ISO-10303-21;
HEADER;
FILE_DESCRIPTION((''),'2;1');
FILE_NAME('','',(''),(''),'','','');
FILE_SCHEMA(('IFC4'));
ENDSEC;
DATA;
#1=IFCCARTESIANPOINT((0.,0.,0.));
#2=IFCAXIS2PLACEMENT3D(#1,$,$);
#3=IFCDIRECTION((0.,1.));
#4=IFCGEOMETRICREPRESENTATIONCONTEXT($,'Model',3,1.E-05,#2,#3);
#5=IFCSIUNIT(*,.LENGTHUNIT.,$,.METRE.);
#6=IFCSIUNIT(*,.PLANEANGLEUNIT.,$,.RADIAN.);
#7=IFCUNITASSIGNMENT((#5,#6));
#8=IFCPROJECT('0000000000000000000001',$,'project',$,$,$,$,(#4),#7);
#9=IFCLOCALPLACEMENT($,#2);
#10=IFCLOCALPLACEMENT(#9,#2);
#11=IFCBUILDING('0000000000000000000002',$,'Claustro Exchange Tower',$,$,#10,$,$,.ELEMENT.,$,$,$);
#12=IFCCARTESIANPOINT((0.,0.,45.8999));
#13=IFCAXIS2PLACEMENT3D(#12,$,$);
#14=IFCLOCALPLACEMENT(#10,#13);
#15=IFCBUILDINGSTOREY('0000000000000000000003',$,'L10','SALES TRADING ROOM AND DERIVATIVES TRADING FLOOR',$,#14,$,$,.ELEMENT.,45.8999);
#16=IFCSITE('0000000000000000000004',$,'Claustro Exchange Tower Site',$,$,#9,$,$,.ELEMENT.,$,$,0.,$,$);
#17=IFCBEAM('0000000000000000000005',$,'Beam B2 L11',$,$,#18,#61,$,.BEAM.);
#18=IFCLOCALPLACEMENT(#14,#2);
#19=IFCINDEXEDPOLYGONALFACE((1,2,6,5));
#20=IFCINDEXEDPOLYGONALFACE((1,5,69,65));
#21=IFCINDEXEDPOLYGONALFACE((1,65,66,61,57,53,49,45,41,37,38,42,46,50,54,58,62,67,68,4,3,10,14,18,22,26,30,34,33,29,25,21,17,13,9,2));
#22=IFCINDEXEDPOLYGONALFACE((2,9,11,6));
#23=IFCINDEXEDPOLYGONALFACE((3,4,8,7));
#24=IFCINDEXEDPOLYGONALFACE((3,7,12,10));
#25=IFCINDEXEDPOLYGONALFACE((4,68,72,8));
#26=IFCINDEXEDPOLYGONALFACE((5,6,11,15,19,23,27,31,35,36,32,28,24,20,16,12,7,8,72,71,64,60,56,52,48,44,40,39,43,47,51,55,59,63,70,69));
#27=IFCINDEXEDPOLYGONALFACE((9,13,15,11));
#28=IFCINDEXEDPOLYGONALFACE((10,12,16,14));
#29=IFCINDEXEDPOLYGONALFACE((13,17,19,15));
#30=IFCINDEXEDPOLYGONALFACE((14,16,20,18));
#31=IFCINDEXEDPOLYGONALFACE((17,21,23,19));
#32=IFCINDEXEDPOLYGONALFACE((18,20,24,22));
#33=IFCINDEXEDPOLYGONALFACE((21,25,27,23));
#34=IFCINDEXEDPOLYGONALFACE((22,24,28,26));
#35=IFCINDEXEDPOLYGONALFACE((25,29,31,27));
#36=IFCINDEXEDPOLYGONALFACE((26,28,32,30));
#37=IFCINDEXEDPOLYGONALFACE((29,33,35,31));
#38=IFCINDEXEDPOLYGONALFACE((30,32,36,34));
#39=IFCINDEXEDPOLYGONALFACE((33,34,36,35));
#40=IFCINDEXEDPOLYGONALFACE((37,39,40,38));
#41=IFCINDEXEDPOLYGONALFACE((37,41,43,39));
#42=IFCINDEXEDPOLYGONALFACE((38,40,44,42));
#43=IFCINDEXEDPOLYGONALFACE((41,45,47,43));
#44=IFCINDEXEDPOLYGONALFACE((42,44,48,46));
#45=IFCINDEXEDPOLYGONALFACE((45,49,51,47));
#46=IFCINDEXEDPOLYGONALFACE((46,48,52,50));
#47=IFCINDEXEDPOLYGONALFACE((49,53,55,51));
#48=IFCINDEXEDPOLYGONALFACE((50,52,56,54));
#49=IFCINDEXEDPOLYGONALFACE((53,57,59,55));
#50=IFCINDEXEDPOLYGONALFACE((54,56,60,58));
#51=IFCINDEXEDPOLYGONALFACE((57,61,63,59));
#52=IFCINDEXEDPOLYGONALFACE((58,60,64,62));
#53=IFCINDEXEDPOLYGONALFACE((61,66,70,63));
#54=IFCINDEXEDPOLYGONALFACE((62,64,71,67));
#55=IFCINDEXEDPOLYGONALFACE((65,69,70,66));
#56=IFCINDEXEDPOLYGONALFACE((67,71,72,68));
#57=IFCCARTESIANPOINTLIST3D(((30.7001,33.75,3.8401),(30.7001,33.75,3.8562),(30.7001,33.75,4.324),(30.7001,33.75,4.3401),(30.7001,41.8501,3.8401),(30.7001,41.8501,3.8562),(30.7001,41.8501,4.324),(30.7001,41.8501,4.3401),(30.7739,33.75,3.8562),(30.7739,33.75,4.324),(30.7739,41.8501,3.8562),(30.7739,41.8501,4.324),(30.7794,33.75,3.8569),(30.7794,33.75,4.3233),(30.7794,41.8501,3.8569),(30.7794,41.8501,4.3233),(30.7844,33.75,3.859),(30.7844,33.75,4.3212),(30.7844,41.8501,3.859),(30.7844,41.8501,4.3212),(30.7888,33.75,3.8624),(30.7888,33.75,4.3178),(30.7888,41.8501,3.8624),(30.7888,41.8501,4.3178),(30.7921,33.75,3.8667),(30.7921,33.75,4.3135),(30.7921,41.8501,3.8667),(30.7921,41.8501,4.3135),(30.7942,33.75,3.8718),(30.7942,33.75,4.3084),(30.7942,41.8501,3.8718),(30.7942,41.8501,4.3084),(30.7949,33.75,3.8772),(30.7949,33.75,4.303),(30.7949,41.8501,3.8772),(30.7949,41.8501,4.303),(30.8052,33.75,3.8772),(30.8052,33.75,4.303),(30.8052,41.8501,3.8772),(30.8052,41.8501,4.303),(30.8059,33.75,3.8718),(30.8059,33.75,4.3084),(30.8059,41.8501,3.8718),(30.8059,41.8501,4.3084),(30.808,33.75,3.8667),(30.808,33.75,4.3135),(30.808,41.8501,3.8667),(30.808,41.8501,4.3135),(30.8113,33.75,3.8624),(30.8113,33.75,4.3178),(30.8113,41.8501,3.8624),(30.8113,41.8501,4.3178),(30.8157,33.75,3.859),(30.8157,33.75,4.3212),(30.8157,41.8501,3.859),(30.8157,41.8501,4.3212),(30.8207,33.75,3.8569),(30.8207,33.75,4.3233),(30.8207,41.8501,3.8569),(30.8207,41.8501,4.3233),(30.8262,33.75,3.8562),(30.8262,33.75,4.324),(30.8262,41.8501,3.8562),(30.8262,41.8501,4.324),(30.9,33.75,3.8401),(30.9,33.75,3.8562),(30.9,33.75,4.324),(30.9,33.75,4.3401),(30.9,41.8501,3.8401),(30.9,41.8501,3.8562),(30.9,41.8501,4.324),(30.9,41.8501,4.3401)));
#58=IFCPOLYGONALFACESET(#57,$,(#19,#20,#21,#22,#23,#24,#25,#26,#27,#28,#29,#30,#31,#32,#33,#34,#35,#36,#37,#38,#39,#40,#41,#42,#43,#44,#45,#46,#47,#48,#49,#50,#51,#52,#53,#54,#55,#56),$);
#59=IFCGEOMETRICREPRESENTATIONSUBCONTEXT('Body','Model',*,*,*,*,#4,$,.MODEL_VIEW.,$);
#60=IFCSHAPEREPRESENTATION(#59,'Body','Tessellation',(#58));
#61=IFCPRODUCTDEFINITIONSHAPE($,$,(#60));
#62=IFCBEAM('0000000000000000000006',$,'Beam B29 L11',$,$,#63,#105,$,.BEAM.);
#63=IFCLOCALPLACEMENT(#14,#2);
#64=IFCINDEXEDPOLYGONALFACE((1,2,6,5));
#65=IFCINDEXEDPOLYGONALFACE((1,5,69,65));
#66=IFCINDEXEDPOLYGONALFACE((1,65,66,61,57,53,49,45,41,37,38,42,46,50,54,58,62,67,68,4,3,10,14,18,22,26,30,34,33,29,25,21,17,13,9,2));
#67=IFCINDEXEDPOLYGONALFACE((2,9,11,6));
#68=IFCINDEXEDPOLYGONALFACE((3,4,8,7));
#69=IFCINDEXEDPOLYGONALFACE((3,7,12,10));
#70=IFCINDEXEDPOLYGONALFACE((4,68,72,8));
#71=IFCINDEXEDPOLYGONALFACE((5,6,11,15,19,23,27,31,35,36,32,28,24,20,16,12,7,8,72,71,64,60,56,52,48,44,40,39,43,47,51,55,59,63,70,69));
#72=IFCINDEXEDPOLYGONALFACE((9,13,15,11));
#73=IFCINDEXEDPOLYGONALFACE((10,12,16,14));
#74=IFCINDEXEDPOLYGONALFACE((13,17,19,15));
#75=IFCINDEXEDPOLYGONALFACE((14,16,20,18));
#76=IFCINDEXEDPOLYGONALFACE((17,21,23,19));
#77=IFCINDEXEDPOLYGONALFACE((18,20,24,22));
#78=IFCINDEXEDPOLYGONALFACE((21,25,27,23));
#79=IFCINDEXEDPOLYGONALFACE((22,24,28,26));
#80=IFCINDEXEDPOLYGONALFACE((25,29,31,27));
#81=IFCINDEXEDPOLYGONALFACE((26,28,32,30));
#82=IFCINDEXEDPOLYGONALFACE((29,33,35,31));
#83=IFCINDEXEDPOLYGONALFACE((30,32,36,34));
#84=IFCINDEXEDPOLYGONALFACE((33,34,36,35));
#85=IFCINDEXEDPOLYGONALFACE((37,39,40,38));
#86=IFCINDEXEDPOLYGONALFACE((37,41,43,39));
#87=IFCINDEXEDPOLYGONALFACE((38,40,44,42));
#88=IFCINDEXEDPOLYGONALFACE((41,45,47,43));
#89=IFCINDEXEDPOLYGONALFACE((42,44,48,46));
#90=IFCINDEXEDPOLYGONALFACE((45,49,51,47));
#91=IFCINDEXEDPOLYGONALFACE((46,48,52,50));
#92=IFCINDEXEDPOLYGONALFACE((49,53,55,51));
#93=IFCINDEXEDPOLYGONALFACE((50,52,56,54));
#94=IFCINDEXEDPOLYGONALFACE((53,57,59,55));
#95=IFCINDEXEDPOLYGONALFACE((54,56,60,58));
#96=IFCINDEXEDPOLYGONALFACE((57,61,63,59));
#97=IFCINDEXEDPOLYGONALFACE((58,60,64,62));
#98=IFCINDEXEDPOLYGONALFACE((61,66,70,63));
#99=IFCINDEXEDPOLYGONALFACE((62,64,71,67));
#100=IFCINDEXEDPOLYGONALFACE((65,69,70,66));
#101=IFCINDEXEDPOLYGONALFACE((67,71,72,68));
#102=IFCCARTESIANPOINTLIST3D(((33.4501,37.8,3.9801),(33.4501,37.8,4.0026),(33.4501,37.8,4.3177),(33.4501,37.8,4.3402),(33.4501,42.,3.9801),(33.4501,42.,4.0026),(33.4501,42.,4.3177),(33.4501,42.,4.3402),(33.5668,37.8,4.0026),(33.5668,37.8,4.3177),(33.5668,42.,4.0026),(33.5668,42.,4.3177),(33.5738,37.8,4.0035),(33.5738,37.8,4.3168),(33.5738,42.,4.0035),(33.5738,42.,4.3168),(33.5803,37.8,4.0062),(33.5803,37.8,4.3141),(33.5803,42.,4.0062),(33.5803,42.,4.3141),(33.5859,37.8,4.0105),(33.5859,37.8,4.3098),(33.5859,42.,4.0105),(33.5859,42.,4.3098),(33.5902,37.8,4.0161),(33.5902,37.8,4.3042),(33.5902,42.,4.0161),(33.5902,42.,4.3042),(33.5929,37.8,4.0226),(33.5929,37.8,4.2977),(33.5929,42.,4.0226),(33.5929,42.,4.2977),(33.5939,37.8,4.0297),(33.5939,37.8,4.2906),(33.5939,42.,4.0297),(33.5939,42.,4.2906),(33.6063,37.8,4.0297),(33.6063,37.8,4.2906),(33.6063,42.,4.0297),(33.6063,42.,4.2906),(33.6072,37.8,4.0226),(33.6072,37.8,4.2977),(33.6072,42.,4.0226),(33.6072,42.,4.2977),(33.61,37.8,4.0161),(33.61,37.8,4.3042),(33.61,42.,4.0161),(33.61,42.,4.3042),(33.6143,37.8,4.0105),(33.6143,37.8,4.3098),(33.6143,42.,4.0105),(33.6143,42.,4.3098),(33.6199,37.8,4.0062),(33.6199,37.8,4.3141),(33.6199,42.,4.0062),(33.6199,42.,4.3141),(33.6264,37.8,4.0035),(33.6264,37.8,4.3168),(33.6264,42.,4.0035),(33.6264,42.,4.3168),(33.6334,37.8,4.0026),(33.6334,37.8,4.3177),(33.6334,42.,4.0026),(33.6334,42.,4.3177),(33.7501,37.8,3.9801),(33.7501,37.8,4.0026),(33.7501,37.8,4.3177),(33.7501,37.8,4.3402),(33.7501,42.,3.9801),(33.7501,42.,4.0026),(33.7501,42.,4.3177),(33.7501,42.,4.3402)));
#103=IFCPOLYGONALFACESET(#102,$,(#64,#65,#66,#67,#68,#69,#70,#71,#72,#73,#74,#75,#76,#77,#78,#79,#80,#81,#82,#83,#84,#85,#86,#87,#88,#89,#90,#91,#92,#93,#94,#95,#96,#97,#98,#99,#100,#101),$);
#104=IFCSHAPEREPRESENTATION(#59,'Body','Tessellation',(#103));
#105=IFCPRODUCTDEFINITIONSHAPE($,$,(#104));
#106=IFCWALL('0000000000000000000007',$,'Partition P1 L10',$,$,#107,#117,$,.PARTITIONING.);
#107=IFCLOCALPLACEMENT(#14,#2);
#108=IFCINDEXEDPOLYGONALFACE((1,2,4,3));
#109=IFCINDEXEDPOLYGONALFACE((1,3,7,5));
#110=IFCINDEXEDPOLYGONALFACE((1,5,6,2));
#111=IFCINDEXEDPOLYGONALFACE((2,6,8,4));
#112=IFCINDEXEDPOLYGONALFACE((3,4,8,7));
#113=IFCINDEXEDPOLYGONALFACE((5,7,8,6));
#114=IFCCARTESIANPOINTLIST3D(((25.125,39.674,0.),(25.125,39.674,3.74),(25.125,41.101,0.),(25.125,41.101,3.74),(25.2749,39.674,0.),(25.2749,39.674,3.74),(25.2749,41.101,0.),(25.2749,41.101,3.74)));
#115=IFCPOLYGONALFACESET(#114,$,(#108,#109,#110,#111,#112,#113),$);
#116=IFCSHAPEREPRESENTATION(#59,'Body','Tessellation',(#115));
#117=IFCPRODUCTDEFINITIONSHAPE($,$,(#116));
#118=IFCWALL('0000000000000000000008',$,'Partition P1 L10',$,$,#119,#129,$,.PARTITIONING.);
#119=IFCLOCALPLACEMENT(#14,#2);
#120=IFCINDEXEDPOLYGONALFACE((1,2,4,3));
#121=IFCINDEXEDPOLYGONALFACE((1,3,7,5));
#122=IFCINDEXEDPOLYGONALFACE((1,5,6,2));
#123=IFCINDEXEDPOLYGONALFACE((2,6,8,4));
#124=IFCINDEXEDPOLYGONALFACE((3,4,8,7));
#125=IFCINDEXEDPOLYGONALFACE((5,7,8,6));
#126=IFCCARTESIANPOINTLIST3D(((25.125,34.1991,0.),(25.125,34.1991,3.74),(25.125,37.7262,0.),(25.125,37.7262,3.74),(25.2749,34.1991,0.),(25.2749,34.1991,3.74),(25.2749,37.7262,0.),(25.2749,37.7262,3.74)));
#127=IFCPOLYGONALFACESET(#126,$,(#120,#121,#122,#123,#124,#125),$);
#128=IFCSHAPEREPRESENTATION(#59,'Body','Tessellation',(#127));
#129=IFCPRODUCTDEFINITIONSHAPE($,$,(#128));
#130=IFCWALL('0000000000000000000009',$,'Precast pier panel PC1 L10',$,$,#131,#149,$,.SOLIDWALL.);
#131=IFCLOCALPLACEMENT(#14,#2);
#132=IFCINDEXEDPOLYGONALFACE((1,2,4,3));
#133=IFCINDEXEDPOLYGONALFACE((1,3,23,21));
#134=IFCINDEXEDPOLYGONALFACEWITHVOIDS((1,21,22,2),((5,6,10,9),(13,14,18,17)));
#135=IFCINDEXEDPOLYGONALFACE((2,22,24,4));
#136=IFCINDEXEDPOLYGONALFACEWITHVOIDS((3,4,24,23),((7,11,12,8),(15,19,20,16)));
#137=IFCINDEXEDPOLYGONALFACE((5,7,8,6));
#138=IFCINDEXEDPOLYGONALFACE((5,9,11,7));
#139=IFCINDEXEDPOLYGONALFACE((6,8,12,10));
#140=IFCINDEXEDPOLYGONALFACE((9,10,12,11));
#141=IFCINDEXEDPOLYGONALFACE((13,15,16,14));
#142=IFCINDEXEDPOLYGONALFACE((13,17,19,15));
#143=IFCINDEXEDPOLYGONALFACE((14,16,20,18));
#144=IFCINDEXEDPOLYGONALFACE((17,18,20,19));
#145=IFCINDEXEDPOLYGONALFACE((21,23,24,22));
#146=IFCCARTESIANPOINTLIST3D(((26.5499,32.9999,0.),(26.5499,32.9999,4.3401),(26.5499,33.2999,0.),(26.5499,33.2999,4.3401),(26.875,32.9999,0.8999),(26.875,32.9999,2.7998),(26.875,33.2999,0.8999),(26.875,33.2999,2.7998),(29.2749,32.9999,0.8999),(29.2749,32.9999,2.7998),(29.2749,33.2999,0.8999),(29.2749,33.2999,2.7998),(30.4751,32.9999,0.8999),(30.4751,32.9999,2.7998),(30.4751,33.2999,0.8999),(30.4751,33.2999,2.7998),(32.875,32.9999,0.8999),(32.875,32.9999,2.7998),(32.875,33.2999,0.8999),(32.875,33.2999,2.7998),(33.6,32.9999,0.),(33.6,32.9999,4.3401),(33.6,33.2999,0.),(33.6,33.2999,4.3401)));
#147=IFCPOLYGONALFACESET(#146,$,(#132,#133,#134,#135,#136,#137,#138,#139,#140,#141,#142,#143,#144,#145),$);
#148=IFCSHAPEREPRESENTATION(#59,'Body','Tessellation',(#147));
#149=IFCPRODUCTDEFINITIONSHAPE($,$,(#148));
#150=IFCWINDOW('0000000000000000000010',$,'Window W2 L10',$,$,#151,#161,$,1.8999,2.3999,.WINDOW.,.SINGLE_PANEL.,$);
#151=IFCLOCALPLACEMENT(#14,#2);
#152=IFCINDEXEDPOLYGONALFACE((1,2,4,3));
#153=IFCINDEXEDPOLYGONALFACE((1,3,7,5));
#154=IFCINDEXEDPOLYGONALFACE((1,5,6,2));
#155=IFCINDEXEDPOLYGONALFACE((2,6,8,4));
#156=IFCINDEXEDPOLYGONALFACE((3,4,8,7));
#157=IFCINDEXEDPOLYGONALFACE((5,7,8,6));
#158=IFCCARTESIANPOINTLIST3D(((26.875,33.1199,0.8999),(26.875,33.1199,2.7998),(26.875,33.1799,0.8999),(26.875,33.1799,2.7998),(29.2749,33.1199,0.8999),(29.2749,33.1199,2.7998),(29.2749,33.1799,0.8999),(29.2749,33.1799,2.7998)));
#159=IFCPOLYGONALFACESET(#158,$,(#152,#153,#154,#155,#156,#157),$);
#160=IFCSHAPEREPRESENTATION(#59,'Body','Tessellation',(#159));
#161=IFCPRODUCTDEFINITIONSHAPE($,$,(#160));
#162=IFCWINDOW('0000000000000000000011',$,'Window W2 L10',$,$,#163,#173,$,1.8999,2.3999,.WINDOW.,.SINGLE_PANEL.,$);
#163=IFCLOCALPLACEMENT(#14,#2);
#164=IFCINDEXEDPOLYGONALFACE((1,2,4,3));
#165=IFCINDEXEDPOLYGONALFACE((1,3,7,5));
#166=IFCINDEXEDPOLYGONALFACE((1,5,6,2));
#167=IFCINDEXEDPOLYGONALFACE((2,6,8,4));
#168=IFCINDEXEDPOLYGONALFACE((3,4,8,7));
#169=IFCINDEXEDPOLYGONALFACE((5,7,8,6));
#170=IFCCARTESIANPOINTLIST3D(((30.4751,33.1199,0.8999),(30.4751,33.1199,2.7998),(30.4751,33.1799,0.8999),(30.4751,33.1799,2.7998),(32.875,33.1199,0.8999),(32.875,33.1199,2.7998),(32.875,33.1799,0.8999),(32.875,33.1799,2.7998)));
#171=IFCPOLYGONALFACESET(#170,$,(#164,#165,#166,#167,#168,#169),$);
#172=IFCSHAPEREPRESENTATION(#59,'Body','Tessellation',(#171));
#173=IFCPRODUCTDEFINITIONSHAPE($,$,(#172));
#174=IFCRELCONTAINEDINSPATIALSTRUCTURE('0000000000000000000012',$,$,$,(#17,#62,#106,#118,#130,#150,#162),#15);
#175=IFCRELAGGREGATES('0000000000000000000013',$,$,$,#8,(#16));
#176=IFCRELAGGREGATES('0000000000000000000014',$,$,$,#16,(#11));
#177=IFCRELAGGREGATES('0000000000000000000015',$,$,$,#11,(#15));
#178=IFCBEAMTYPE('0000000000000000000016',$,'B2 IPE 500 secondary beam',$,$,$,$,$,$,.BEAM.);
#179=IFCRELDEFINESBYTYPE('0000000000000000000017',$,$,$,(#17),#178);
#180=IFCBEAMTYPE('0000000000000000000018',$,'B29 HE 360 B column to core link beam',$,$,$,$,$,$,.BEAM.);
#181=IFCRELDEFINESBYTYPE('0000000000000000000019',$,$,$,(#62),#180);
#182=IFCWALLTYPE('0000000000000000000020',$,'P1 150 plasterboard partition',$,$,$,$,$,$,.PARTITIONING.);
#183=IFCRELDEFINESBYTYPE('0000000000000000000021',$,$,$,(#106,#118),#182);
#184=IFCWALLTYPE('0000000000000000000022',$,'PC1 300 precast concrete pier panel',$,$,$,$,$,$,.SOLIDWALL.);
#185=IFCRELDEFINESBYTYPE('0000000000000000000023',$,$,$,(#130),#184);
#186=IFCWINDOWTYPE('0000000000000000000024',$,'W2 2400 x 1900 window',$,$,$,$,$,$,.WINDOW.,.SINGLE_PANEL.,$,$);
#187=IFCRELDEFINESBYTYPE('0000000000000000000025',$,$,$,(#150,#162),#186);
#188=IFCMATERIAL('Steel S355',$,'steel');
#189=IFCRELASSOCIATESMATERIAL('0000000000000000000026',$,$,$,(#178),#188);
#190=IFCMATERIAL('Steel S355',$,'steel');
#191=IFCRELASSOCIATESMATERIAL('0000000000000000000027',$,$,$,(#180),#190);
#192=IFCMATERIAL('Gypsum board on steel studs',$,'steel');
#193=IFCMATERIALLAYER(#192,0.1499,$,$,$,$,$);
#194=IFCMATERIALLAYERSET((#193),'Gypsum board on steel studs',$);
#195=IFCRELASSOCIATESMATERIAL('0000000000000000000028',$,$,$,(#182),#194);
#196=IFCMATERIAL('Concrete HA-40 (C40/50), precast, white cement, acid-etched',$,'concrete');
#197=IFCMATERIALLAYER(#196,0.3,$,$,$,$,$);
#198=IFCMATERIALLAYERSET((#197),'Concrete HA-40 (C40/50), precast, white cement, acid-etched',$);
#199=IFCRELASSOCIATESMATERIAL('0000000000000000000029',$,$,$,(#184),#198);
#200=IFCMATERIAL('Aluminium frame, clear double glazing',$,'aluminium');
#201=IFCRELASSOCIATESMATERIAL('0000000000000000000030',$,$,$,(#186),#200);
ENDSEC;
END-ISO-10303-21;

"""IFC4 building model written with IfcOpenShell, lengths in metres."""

from ifc_helpers import new_model, si_unit, direction, frame, frame_2d, origin, origin_2d, place, context, subcontext, project, spatial, rectangle, i_section, extrude, material, layer, layer_set, material_profile, profile_set, type_object, element, fill, save


model = new_model("IFC4")

# Units and contexts
model_context = context("Model", 3, precision=1e-05, world=origin(), true_north=direction((0.0, 1.0)))
body_context = subcontext(model_context, "Body", "Model", "MODEL_VIEW")
ifc_project = project(units=[si_unit("LENGTHUNIT", "METRE"), si_unit("PLANEANGLEUNIT", "RADIAN")], contexts=[model_context])

# Site, building, storey
site_placement = place(None, origin())
site = spatial("IfcSite", under=ifc_project, at=site_placement, Name="Claustro Exchange Tower Site", CompositionType="ELEMENT", RefElevation=0.0)
building_placement = place(site_placement, origin())
building = spatial("IfcBuilding", under=site, at=building_placement, Name="Claustro Exchange Tower", CompositionType="ELEMENT")
storey_placement = place(building_placement, frame((0.0, 0.0, 45.8999)))
storey = spatial("IfcBuildingStorey", under=building, at=storey_placement, Name="L10", Description="SALES TRADING ROOM AND DERIVATIVES TRADING FLOOR", CompositionType="ELEMENT", Elevation=45.8999)

# Beams
ifc_material_1 = material(Name="Steel S355", Category="steel")
ifc_material_profile_1 = material_profile(ifc_material_1, i_section(OverallWidth=0.2, OverallDepth=0.5, WebThickness=0.0103, FlangeThickness=0.0161, FilletRadius=0.021, at=origin_2d()), Name="IPE 500")
ifc_profile_set_1 = profile_set([ifc_material_profile_1], Name="Steel S355")
beam_type_1 = type_object("IfcBeamType", Name="B2 IPE 500 secondary beam", PredefinedType="BEAM", material=ifc_profile_set_1)
for number, where, z_axis, x_axis, name in (
    (1, (30.8, 33.75, 4.0901), (0.0, 1.0, 0.0), (-1.0, 0.0, 0.0), "Beam B2 L11"),
):
    element("IfcBeam", number, at=place(storey_placement, frame(where, z_axis=z_axis, x_axis=x_axis)), inside=storey, type_object=beam_type_1, Name=name, PredefinedType="BEAM", context=body_context, shape_type="SweptSolid", body=[
        extrude(i_section(OverallWidth=0.2, OverallDepth=0.5, WebThickness=0.0103, FlangeThickness=0.0161, FilletRadius=0.021, at=origin_2d()), origin(), (0.0, 0.0, 1.0), 8.1001),
    ])
ifc_material_2 = material(Name="Steel S355", Category="steel")
ifc_material_profile_2 = material_profile(ifc_material_2, i_section(OverallWidth=0.3, OverallDepth=0.3601, WebThickness=0.0125, FlangeThickness=0.0225, FilletRadius=0.0271, at=origin_2d()), Name="HE 360 B")
ifc_profile_set_2 = profile_set([ifc_material_profile_2], Name="Steel S355")
beam_type_2 = type_object("IfcBeamType", Name="B29 HE 360 B column to core link beam", PredefinedType="BEAM", material=ifc_profile_set_2)
beam_1_placement = place(storey_placement, frame((33.6001, 37.8, 4.1602), z_axis=(0.0, 1.0, 0.0), x_axis=(-1.0, 0.0, 0.0)))
element("IfcBeam", 2, at=beam_1_placement, inside=storey, type_object=beam_type_2, Name="Beam B29 L11", PredefinedType="BEAM", context=body_context, shape_type="SweptSolid", body=[
    extrude(i_section(OverallWidth=0.3, OverallDepth=0.3601, WebThickness=0.0125, FlangeThickness=0.0225, FilletRadius=0.0271, at=origin_2d()), origin(), (0.0, 0.0, 1.0), 4.2),
])

# Walls
ifc_material_3 = material(Name="Gypsum board on steel studs", Category="steel")
ifc_layer_1 = layer(ifc_material_3, 0.1499)
ifc_layer_set_1 = layer_set([ifc_layer_1], Name="Gypsum board on steel studs")
wall_type_1 = type_object("IfcWallType", Name="P1 150 plasterboard partition", PredefinedType="PARTITIONING", material=ifc_layer_set_1)
wall_1_placement = place(storey_placement, frame((25.2, 39.6741, 0.0), z_axis=(0.0, 0.0, 1.0), x_axis=(0.0, 1.0, 0.0)))
element("IfcWall", 3, at=wall_1_placement, inside=storey, type_object=wall_type_1, Name="Partition P1 L10", PredefinedType="PARTITIONING", context=body_context, shape_type="SweptSolid", body=[
    extrude(rectangle(XDim=1.427, YDim=0.1499, at=frame_2d((0.7134, 0.0))), origin(), (0.0, 0.0, 1.0), 3.74),
])
wall_2_placement = place(storey_placement, frame((25.2, 34.199, 0.0), z_axis=(0.0, 0.0, 1.0), x_axis=(0.0, 1.0, 0.0)))
element("IfcWall", 4, at=wall_2_placement, inside=storey, type_object=wall_type_1, Name="Partition P1 L10", PredefinedType="PARTITIONING", context=body_context, shape_type="SweptSolid", body=[
    extrude(rectangle(XDim=3.5271, YDim=0.1499, at=frame_2d((1.7637, 0.0))), origin(), (0.0, 0.0, 1.0), 3.74),
])

# Wall, openings, windows
ifc_material_4 = material(Name="Concrete HA-40 (C40/50), precast, white cement, acid-etched", Category="concrete")
ifc_layer_2 = layer(ifc_material_4, 0.3)
ifc_layer_set_2 = layer_set([ifc_layer_2], Name="Concrete HA-40 (C40/50), precast, white cement, acid-etched")
wall_type_2 = type_object("IfcWallType", Name="PC1 300 precast concrete pier panel", PredefinedType="SOLIDWALL", material=ifc_layer_set_2)
wall_3_placement = place(storey_placement, frame((26.55, 33.1499, 0.0), z_axis=(0.0, 0.0, 1.0), x_axis=(1.0, 0.0, 0.0)))
wall_3 = element("IfcWall", 5, at=wall_3_placement, inside=storey, type_object=wall_type_2, Name="Precast pier panel PC1 L10", PredefinedType="SOLIDWALL", context=body_context, shape_type="SweptSolid", body=[
    extrude(rectangle(XDim=7.05, YDim=0.3, at=frame_2d((3.5249, 0.0))), origin(), (0.0, 0.0, 1.0), 4.3401),
])
opening_1_placement = place(wall_3_placement, frame((0.325, 0.0, 0.8999)))
opening_1 = element("IfcOpeningElement", 6, at=opening_1_placement, cuts=wall_3, PredefinedType="OPENING", context=body_context, shape_type="SweptSolid", body=[
    extrude(rectangle(XDim=2.3999, YDim=1.8999, at=frame_2d((1.2, 0.95))), frame((0.0, 0.1599, 0.0), z_axis=(0.0, -1.0, 0.0), x_axis=(1.0, 0.0, 0.0)), (0.0, 0.0, 1.0), 0.3201),
])
opening_2_placement = place(wall_3_placement, frame((3.925, 0.0, 0.8999)))
opening_2 = element("IfcOpeningElement", 7, at=opening_2_placement, cuts=wall_3, PredefinedType="OPENING", context=body_context, shape_type="SweptSolid", body=[
    extrude(rectangle(XDim=2.3999, YDim=1.8999, at=frame_2d((1.2, 0.95))), frame((0.0, 0.1599, 0.0), z_axis=(0.0, -1.0, 0.0), x_axis=(1.0, 0.0, 0.0)), (0.0, 0.0, 1.0), 0.3201),
])
ifc_material_5 = material(Name="Aluminium frame, clear double glazing", Category="aluminium")
window_type = type_object("IfcWindowType", Name="W2 2400 x 1900 window", PartitioningType="SINGLE_PANEL", PredefinedType="WINDOW", material=ifc_material_5)
window_1_placement = place(opening_1_placement, origin())
window_1 = element("IfcWindow", 8, at=window_1_placement, inside=storey, type_object=window_type, Name="Window W2 L10", OverallHeight=1.8999, OverallWidth=2.3999, PartitioningType="SINGLE_PANEL", PredefinedType="WINDOW", context=body_context, shape_type="SweptSolid", body=[
    extrude(rectangle(XDim=2.3999, YDim=1.8999, at=frame_2d((1.2, 0.95))), frame((0.0, 0.03, 0.0), z_axis=(0.0, -1.0, 0.0), x_axis=(1.0, 0.0, 0.0)), (0.0, 0.0, 1.0), 0.0601),
])
fill(opening_1, window_1)
window_2_placement = place(opening_2_placement, origin())
window_2 = element("IfcWindow", 9, at=window_2_placement, inside=storey, type_object=window_type, Name="Window W2 L10", OverallHeight=1.8999, OverallWidth=2.3999, PartitioningType="SINGLE_PANEL", PredefinedType="WINDOW", context=body_context, shape_type="SweptSolid", body=[
    extrude(rectangle(XDim=2.3999, YDim=1.8999, at=frame_2d((1.2, 0.95))), frame((0.0, 0.03, 0.0), z_axis=(0.0, -1.0, 0.0), x_axis=(1.0, 0.0, 0.0)), (0.0, 0.0, 1.0), 0.0601),
])
fill(opening_2, window_2)

save(model, "model.ifc")
